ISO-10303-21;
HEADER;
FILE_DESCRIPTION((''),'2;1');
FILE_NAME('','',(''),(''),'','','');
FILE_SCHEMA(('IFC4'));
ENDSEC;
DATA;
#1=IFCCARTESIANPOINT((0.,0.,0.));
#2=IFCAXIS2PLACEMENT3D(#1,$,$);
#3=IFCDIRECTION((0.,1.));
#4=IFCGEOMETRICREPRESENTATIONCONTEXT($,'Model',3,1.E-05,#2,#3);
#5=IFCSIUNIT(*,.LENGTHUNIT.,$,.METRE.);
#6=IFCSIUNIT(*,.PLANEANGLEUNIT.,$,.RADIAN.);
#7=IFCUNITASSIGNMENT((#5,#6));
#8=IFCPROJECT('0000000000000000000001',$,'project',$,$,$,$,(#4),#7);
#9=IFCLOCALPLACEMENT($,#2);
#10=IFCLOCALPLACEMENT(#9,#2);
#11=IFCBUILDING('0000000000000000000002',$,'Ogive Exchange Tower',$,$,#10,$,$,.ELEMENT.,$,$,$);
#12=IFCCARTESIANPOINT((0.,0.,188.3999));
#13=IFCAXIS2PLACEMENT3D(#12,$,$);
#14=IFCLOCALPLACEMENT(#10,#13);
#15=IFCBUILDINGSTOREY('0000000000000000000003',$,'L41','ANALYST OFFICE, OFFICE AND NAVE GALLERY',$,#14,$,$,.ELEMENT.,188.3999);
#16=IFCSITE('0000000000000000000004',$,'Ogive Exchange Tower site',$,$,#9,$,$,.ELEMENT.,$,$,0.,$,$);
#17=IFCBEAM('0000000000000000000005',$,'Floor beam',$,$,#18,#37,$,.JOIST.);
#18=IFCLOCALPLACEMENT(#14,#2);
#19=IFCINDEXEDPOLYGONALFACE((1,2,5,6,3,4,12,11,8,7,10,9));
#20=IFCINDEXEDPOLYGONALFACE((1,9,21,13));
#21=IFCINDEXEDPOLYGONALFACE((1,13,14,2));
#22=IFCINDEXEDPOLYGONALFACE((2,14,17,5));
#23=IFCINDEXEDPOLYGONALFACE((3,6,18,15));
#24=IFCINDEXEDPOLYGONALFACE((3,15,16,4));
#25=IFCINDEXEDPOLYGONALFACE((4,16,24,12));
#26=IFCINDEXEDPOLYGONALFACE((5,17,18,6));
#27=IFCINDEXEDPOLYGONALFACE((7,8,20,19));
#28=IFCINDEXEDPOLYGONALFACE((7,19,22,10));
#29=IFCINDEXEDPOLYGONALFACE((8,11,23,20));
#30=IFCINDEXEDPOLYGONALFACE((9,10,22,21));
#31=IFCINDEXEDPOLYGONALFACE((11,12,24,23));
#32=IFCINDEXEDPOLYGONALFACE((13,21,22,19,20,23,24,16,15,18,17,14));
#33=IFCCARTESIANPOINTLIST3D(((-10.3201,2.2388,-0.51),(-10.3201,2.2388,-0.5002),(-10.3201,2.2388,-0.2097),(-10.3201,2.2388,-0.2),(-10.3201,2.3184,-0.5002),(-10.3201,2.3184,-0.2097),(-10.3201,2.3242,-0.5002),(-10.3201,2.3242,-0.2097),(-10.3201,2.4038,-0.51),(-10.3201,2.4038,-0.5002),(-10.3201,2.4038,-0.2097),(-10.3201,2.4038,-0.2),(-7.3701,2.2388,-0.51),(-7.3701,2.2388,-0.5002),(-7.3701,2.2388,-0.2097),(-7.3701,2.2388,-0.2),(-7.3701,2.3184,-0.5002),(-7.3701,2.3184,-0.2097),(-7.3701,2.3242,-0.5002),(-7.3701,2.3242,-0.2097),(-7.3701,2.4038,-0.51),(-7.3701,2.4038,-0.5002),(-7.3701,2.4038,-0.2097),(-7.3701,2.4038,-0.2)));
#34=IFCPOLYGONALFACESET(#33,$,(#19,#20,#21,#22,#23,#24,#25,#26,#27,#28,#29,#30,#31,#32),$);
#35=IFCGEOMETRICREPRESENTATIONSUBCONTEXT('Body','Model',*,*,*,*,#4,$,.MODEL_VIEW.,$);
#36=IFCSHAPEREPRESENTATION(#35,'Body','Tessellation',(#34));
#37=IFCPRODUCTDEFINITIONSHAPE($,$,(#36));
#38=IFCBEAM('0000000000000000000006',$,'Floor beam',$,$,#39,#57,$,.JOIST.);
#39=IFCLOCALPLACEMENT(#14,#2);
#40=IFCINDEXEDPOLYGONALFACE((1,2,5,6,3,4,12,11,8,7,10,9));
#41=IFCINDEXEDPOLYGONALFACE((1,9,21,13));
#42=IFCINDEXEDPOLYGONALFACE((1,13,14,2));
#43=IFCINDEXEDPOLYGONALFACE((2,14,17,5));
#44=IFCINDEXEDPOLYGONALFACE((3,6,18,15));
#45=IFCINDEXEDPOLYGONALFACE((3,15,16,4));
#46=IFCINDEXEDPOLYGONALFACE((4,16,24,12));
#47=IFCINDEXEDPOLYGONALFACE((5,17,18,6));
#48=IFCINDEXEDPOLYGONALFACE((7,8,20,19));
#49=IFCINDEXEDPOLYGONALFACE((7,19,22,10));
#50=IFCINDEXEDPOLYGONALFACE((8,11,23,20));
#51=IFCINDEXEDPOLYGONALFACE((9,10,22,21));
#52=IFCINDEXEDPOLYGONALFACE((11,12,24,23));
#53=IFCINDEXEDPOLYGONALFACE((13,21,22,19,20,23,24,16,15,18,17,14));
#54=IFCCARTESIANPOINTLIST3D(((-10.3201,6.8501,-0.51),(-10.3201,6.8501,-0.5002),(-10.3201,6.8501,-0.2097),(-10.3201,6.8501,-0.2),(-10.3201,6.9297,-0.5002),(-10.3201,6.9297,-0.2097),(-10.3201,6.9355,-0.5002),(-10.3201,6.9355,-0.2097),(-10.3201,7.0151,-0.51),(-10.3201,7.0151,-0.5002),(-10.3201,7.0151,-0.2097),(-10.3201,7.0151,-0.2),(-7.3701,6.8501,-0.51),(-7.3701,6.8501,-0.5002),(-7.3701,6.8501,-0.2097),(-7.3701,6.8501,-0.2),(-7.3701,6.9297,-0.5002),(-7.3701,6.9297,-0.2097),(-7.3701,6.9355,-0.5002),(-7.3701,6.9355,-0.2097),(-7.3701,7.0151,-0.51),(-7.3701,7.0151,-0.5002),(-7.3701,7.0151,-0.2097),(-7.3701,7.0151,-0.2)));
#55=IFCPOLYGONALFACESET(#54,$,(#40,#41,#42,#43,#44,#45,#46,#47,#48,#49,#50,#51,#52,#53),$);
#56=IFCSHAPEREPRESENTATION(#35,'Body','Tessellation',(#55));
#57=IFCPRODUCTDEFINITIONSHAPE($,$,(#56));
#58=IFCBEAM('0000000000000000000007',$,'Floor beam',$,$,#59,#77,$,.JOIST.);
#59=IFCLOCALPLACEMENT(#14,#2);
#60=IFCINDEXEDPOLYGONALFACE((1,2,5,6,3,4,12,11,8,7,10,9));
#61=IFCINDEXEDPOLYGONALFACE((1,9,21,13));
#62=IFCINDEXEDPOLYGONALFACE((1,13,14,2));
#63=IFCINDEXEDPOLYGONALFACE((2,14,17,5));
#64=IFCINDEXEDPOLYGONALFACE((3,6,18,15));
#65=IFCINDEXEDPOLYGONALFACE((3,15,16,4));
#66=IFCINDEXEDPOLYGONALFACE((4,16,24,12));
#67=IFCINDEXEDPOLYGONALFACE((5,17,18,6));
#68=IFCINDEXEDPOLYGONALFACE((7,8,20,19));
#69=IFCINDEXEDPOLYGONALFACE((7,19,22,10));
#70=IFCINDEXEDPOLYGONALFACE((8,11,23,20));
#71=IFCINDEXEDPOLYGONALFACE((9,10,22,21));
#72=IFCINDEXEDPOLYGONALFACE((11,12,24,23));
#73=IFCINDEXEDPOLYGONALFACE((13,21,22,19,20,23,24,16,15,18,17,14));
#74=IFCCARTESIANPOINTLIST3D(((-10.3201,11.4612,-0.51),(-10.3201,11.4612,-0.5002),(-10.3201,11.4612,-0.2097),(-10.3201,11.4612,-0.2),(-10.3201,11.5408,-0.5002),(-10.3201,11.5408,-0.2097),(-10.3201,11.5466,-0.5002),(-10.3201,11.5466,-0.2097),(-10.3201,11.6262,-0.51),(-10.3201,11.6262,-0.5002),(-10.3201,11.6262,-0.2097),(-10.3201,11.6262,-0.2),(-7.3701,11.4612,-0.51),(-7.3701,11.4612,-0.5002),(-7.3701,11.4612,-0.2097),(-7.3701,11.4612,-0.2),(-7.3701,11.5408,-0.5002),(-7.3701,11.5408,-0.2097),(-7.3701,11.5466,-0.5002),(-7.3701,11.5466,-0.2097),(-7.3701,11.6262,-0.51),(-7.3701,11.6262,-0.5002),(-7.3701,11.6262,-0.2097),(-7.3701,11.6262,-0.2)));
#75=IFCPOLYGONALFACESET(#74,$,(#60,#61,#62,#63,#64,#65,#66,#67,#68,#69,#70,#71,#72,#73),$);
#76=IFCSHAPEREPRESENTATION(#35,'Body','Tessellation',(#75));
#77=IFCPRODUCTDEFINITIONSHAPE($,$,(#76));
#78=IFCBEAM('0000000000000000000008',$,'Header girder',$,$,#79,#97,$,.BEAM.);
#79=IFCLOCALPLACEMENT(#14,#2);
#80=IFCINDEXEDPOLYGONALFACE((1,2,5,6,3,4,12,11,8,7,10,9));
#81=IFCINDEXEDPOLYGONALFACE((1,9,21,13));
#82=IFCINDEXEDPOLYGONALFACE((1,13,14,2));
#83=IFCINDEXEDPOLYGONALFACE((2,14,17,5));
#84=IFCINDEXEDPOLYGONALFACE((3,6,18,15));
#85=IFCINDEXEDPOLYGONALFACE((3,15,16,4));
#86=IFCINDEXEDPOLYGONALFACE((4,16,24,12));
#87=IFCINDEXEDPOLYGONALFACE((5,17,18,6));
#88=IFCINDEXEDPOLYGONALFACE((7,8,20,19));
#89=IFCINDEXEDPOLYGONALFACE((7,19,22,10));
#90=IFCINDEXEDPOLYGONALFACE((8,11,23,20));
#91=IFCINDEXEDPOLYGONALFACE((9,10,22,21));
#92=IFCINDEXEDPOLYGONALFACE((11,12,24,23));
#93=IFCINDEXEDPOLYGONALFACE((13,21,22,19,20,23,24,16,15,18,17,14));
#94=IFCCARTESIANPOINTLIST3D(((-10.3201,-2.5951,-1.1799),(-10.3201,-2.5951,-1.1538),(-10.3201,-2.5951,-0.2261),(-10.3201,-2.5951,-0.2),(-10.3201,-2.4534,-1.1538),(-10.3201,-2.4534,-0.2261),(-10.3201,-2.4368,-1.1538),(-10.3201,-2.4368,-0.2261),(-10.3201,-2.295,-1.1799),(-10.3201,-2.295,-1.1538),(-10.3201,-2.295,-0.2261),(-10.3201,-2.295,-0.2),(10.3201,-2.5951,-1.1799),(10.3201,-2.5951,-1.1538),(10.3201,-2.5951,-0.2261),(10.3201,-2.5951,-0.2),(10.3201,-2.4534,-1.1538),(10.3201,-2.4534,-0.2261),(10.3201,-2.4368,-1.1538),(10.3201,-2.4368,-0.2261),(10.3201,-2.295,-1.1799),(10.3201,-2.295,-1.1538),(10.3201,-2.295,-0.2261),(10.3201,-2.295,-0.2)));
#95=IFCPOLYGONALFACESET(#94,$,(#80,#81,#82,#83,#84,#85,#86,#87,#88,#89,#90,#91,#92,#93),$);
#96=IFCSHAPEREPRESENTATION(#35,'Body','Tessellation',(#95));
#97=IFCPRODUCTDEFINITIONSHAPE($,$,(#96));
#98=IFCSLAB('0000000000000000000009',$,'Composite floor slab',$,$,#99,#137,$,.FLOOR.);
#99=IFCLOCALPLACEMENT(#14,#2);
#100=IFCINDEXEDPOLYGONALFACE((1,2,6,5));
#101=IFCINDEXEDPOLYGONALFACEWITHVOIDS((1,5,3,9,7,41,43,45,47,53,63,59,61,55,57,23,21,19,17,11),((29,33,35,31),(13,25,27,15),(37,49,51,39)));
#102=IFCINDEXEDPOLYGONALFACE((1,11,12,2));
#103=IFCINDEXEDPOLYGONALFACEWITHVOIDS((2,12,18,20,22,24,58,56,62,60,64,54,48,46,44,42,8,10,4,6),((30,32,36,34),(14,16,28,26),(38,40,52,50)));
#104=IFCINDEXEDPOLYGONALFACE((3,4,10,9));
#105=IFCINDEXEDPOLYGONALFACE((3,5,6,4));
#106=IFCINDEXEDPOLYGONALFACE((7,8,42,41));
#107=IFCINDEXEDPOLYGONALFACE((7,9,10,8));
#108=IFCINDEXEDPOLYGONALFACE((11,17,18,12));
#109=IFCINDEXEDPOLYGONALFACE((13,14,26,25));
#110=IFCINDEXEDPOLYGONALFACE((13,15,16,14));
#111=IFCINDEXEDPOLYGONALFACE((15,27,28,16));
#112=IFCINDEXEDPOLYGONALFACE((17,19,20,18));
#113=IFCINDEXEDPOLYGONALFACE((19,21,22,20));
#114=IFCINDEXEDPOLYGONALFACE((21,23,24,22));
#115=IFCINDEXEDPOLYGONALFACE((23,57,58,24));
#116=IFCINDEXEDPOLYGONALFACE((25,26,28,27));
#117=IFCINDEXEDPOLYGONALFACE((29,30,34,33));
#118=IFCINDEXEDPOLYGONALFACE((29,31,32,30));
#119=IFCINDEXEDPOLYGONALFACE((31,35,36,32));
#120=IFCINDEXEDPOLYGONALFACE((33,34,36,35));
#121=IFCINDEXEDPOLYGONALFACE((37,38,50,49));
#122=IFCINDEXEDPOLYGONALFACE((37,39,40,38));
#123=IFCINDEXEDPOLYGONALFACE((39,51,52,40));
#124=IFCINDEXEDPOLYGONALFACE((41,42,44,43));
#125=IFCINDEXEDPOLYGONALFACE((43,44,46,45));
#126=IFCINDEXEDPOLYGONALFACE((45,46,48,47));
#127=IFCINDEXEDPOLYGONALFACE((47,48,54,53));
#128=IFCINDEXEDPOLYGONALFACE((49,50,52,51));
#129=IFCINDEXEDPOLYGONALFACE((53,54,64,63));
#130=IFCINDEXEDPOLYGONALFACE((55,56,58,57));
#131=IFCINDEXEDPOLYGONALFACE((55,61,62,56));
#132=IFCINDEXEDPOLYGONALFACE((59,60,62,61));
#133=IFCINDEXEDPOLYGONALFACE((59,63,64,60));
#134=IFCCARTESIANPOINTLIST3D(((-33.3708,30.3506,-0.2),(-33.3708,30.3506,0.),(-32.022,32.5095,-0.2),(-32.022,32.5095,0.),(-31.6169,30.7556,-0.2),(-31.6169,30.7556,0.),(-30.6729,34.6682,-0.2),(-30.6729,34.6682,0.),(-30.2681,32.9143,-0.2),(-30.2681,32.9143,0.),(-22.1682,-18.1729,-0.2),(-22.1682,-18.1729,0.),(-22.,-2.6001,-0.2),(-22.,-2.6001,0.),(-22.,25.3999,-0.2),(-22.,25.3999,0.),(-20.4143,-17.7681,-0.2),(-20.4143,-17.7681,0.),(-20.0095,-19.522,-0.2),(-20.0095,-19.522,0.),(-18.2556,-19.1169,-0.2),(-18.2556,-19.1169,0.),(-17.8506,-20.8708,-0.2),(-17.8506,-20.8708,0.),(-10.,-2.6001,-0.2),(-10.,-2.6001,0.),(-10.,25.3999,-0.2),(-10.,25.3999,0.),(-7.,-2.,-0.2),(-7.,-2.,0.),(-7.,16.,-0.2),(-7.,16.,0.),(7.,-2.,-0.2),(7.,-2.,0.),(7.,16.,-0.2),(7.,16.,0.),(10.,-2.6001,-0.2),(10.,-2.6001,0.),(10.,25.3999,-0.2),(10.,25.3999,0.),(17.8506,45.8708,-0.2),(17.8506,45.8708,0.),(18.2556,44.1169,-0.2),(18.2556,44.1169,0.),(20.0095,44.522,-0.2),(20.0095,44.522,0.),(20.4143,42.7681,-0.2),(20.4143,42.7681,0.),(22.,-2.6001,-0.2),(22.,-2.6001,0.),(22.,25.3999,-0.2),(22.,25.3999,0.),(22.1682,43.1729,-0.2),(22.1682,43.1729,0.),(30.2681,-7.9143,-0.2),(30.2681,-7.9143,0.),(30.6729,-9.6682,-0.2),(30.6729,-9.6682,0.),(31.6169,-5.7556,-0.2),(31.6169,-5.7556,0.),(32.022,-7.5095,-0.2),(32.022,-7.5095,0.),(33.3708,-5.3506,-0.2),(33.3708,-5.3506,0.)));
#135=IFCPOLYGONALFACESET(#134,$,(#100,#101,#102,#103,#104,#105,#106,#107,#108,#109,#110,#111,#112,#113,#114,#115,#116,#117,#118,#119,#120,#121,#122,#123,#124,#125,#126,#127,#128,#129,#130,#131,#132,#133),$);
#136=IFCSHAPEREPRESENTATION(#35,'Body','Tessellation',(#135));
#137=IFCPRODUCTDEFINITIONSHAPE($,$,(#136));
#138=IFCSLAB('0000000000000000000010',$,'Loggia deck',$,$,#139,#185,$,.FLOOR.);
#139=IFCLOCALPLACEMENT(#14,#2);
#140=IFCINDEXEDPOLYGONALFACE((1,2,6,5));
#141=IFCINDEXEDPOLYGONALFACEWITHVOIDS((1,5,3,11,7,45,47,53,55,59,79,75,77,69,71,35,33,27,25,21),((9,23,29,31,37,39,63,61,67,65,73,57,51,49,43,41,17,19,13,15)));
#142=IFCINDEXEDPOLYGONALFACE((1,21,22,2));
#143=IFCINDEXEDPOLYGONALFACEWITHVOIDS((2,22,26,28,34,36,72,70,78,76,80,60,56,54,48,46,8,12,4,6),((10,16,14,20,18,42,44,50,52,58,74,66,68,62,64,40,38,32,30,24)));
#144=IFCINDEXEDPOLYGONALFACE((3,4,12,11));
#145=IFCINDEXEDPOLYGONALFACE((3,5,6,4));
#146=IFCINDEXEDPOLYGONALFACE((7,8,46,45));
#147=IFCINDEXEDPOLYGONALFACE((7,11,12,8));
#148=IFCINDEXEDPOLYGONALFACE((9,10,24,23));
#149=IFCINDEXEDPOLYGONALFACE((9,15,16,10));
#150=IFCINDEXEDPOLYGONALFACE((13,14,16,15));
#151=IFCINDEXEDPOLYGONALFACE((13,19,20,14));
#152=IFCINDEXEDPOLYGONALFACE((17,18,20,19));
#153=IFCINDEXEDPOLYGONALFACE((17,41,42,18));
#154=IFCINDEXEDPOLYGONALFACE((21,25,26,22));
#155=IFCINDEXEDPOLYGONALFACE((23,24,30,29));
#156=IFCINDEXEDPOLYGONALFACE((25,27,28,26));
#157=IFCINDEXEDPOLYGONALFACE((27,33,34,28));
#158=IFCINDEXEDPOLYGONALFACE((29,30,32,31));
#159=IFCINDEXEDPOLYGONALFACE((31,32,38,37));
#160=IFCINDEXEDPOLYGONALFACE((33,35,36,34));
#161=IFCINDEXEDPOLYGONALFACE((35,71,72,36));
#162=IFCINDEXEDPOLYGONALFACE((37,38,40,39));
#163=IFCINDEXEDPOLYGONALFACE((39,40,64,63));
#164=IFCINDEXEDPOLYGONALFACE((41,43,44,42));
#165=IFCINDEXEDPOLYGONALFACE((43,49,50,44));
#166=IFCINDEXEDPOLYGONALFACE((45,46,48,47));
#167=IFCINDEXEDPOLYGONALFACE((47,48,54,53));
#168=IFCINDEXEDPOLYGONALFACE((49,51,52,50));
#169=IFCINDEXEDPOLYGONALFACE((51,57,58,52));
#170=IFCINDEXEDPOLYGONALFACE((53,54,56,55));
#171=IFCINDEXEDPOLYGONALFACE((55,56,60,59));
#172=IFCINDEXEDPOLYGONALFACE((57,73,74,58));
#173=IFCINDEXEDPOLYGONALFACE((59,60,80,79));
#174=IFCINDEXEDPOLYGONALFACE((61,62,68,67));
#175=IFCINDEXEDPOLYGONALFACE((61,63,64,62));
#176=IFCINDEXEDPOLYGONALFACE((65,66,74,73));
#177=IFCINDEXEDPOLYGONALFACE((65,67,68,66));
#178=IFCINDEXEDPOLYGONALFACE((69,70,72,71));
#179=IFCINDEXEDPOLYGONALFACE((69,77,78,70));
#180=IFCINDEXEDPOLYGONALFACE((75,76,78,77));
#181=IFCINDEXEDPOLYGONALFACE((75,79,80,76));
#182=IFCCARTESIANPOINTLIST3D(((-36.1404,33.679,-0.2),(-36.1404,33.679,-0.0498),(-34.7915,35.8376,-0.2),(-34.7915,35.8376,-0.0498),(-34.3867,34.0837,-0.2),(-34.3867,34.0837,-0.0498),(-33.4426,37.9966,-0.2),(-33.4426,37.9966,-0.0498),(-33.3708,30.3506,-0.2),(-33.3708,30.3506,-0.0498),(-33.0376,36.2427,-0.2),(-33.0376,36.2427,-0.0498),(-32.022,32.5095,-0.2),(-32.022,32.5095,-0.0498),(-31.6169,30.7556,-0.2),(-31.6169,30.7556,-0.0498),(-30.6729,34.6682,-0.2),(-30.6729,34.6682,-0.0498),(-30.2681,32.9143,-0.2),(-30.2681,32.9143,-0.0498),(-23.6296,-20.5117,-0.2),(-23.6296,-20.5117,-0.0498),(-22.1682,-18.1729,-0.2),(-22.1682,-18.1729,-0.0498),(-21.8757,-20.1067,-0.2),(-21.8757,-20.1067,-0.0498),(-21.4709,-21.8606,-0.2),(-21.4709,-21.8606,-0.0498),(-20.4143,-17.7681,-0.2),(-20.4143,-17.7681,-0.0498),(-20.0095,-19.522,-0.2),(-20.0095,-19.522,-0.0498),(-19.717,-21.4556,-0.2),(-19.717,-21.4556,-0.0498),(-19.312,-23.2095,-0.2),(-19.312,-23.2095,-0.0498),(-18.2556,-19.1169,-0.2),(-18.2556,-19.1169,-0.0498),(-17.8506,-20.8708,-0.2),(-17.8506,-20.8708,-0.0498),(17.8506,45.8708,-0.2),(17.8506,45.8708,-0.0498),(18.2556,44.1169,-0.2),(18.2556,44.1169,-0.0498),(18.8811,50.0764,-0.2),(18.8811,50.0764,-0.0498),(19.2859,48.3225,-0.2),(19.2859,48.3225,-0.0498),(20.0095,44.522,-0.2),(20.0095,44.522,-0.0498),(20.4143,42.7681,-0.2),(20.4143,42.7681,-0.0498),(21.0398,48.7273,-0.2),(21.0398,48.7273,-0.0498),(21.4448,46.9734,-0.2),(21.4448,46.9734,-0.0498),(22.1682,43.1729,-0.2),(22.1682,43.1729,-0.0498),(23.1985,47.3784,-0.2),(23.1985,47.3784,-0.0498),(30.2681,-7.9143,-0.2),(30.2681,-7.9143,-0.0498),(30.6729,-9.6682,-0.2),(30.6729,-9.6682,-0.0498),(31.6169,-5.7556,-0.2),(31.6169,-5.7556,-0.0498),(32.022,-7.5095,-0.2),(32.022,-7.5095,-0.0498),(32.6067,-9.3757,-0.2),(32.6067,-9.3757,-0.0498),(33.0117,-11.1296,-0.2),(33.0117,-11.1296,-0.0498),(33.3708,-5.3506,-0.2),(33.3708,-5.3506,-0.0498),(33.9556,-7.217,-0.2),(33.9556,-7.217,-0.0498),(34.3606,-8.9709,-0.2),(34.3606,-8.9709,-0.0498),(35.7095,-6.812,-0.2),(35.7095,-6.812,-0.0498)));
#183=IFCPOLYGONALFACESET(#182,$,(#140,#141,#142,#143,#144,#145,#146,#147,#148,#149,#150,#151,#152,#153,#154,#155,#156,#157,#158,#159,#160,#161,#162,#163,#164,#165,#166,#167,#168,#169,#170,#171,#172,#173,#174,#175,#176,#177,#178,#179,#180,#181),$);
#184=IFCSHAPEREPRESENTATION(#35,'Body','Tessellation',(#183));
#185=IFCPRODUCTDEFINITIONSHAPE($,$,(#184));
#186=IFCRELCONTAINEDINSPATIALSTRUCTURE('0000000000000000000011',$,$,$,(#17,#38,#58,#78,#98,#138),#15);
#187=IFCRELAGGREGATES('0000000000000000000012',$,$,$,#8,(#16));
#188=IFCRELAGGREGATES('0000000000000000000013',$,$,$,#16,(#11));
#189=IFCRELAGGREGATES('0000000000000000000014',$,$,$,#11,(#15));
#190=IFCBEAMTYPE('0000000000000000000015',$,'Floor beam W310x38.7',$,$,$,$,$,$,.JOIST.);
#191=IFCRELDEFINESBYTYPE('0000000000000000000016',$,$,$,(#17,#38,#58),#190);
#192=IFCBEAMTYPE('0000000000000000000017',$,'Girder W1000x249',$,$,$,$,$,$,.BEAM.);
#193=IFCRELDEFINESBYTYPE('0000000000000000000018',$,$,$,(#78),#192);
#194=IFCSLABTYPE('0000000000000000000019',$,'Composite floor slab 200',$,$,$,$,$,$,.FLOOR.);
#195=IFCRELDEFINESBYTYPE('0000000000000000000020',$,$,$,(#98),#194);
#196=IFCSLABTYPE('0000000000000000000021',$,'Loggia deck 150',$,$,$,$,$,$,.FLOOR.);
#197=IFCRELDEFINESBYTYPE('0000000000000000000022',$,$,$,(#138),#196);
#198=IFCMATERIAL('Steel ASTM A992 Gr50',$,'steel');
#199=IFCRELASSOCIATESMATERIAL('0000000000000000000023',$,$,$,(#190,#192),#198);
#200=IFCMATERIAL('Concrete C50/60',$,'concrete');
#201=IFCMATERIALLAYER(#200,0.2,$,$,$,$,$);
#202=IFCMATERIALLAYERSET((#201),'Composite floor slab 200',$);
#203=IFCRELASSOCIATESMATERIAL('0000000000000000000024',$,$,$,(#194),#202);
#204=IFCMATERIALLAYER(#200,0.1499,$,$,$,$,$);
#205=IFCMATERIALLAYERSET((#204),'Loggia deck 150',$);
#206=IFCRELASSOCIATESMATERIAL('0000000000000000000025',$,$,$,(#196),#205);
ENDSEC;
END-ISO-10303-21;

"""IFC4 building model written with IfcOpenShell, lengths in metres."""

from ifc_helpers import new_model, si_unit, direction, frame, origin, origin_2d, place, context, subcontext, project, spatial, polyline, i_section, outline, extrude, material, layer, layer_set, material_profile, profile_set, type_object, element, save


model = new_model("IFC4")

# Units and contexts
model_context = context("Model", 3, precision=1e-05, world=origin(), true_north=direction((0.0, 1.0)))
body_context = subcontext(model_context, "Body", "Model", "MODEL_VIEW")
ifc_project = project(units=[si_unit("LENGTHUNIT", "METRE"), si_unit("PLANEANGLEUNIT", "RADIAN")], contexts=[model_context])

# Site, building, storey
site_placement = place(None, origin())
site = spatial("IfcSite", under=ifc_project, at=site_placement, Name="Ogive Exchange Tower site", CompositionType="ELEMENT", RefElevation=0.0)
building_placement = place(site_placement, origin())
building = spatial("IfcBuilding", under=site, at=building_placement, Name="Ogive Exchange Tower", CompositionType="ELEMENT")
storey_placement = place(building_placement, frame((0.0, 0.0, 188.3999)))
storey = spatial("IfcBuildingStorey", under=building, at=storey_placement, Name="L41", Description="ANALYST OFFICE, OFFICE AND NAVE GALLERY", CompositionType="ELEMENT", Elevation=188.3999)

# Beams
ifc_material_1 = material(Name="Steel ASTM A992 Gr50", Category="steel")
ifc_material_profile_1 = material_profile(ifc_material_1, i_section(OverallWidth=0.165, OverallDepth=0.3101, WebThickness=0.0059, FlangeThickness=0.0098, at=origin_2d()), Name="W310x38.7")
ifc_profile_set_1 = profile_set([ifc_material_profile_1], Name="Steel ASTM A992 Gr50")
beam_type_1 = type_object("IfcBeamType", Name="Floor beam W310x38.7", PredefinedType="JOIST", material=ifc_profile_set_1)
for number, where, z_axis, x_axis, name in (
    (1, (-10.3201, 2.3213, -0.355), (1.0, 0.0, 0.0), (0.0, 1.0, 0.0), "Floor beam"),
    (2, (-10.3201, 6.9326, -0.355), (1.0, 0.0, 0.0), (0.0, 1.0, 0.0), "Floor beam"),
    (3, (-10.3201, 11.5437, -0.355), (1.0, 0.0, 0.0), (0.0, 1.0, 0.0), "Floor beam"),
):
    element("IfcBeam", number, at=place(storey_placement, frame(where, z_axis=z_axis, x_axis=x_axis)), inside=storey, type_object=beam_type_1, Name=name, PredefinedType="JOIST", context=body_context, shape_type="SweptSolid", body=[
        extrude(i_section(OverallWidth=0.165, OverallDepth=0.3101, WebThickness=0.0059, FlangeThickness=0.0098, at=origin_2d()), origin(), (0.0, 0.0, 1.0), 2.95),
    ])
ifc_material_profile_2 = material_profile(ifc_material_1, i_section(OverallWidth=0.3, OverallDepth=0.98, WebThickness=0.0166, FlangeThickness=0.0261, at=origin_2d()), Name="W1000x249")
ifc_profile_set_2 = profile_set([ifc_material_profile_2], Name="Steel ASTM A992 Gr50")
beam_type_2 = type_object("IfcBeamType", Name="Girder W1000x249", PredefinedType="BEAM", material=ifc_profile_set_2)
beam_placement = place(storey_placement, frame((-10.3201, -2.4451, -0.6899), z_axis=(1.0, 0.0, 0.0), x_axis=(0.0, 1.0, 0.0)))
element("IfcBeam", 4, at=beam_placement, inside=storey, type_object=beam_type_2, Name="Header girder", PredefinedType="BEAM", context=body_context, shape_type="SweptSolid", body=[
    extrude(i_section(OverallWidth=0.3, OverallDepth=0.98, WebThickness=0.0166, FlangeThickness=0.0261, at=origin_2d()), origin(), (0.0, 0.0, 1.0), 20.6401),
])

# Slabs
ifc_material_2 = material(Name="Concrete C50/60", Category="concrete")
ifc_layer_1 = layer(ifc_material_2, 0.2)
ifc_layer_set_1 = layer_set([ifc_layer_1], Name="Composite floor slab 200")
slab_type_1 = type_object("IfcSlabType", Name="Composite floor slab 200", PredefinedType="FLOOR", material=ifc_layer_set_1)
slab_1_placement = place(storey_placement, frame((0.0, 0.0, -0.2)))
element("IfcSlab", 5, at=slab_1_placement, inside=storey, type_object=slab_type_1, Name="Composite floor slab", PredefinedType="FLOOR", context=body_context, shape_type="SweptSolid", body=[
    extrude(outline(polyline([(-18.2556, -19.1169), (-20.0095, -19.522), (-20.4143, -17.7681), (-22.1682, -18.1729), (-33.3708, 30.3506), (-31.6169, 30.7556), (-32.022, 32.5095), (-30.2681, 32.9143), (-30.6729, 34.6682), (17.8506, 45.8708), (18.2556, 44.1169), (20.0095, 44.522), (20.4143, 42.7681), (22.1682, 43.1729), (33.3708, -5.3506), (31.6169, -5.7556), (32.022, -7.5095), (30.2681, -7.9143), (30.6729, -9.6682), (-17.8506, -20.8708), (-18.2556, -19.1169)]), holes=[polyline([(7.0, -2.0), (7.0, 16.0), (-7.0, 16.0), (-7.0, -2.0), (7.0, -2.0)]), polyline([(-22.0, -2.6001), (-10.0, -2.6001), (-10.0, 25.3999), (-22.0, 25.3999), (-22.0, -2.6001)]), polyline([(10.0, -2.6001), (22.0, -2.6001), (22.0, 25.3999), (10.0, 25.3999), (10.0, -2.6001)])]), origin(), (0.0, 0.0, 1.0), 0.2),
])
ifc_layer_2 = layer(ifc_material_2, 0.1499)
ifc_layer_set_2 = layer_set([ifc_layer_2], Name="Loggia deck 150")
slab_type_2 = type_object("IfcSlabType", Name="Loggia deck 150", PredefinedType="FLOOR", material=ifc_layer_set_2)
slab_2_placement = place(storey_placement, frame((0.0, 0.0, -0.2)))
element("IfcSlab", 6, at=slab_2_placement, inside=storey, type_object=slab_type_2, Name="Loggia deck", PredefinedType="FLOOR", context=body_context, shape_type="SweptSolid", body=[
    extrude(outline(polyline([(-19.717, -21.4556), (-21.4709, -21.8606), (-21.8757, -20.1067), (-23.6296, -20.5117), (-36.1404, 33.679), (-34.3867, 34.0837), (-34.7915, 35.8376), (-33.0376, 36.2427), (-33.4426, 37.9966), (18.8811, 50.0764), (19.2859, 48.3225), (21.0398, 48.7273), (21.4448, 46.9734), (23.1985, 47.3784), (35.7095, -6.812), (33.9556, -7.217), (34.3606, -8.9709), (32.6067, -9.3757), (33.0117, -11.1296), (-19.312, -23.2095), (-19.717, -21.4556)]), holes=[polyline([(30.2681, -7.9143), (32.022, -7.5095), (31.6169, -5.7556), (33.3708, -5.3506), (22.1682, 43.1729), (20.4143, 42.7681), (20.0095, 44.522), (18.2556, 44.1169), (17.8506, 45.8708), (-30.6729, 34.6682), (-30.2681, 32.9143), (-32.022, 32.5095), (-31.6169, 30.7556), (-33.3708, 30.3506), (-22.1682, -18.1729), (-20.4143, -17.7681), (-20.0095, -19.522), (-18.2556, -19.1169), (-17.8506, -20.8708), (30.6729, -9.6682), (30.2681, -7.9143)])]), origin(), (0.0, 0.0, 1.0), 0.1501),
])

save(model, "model.ifc")
